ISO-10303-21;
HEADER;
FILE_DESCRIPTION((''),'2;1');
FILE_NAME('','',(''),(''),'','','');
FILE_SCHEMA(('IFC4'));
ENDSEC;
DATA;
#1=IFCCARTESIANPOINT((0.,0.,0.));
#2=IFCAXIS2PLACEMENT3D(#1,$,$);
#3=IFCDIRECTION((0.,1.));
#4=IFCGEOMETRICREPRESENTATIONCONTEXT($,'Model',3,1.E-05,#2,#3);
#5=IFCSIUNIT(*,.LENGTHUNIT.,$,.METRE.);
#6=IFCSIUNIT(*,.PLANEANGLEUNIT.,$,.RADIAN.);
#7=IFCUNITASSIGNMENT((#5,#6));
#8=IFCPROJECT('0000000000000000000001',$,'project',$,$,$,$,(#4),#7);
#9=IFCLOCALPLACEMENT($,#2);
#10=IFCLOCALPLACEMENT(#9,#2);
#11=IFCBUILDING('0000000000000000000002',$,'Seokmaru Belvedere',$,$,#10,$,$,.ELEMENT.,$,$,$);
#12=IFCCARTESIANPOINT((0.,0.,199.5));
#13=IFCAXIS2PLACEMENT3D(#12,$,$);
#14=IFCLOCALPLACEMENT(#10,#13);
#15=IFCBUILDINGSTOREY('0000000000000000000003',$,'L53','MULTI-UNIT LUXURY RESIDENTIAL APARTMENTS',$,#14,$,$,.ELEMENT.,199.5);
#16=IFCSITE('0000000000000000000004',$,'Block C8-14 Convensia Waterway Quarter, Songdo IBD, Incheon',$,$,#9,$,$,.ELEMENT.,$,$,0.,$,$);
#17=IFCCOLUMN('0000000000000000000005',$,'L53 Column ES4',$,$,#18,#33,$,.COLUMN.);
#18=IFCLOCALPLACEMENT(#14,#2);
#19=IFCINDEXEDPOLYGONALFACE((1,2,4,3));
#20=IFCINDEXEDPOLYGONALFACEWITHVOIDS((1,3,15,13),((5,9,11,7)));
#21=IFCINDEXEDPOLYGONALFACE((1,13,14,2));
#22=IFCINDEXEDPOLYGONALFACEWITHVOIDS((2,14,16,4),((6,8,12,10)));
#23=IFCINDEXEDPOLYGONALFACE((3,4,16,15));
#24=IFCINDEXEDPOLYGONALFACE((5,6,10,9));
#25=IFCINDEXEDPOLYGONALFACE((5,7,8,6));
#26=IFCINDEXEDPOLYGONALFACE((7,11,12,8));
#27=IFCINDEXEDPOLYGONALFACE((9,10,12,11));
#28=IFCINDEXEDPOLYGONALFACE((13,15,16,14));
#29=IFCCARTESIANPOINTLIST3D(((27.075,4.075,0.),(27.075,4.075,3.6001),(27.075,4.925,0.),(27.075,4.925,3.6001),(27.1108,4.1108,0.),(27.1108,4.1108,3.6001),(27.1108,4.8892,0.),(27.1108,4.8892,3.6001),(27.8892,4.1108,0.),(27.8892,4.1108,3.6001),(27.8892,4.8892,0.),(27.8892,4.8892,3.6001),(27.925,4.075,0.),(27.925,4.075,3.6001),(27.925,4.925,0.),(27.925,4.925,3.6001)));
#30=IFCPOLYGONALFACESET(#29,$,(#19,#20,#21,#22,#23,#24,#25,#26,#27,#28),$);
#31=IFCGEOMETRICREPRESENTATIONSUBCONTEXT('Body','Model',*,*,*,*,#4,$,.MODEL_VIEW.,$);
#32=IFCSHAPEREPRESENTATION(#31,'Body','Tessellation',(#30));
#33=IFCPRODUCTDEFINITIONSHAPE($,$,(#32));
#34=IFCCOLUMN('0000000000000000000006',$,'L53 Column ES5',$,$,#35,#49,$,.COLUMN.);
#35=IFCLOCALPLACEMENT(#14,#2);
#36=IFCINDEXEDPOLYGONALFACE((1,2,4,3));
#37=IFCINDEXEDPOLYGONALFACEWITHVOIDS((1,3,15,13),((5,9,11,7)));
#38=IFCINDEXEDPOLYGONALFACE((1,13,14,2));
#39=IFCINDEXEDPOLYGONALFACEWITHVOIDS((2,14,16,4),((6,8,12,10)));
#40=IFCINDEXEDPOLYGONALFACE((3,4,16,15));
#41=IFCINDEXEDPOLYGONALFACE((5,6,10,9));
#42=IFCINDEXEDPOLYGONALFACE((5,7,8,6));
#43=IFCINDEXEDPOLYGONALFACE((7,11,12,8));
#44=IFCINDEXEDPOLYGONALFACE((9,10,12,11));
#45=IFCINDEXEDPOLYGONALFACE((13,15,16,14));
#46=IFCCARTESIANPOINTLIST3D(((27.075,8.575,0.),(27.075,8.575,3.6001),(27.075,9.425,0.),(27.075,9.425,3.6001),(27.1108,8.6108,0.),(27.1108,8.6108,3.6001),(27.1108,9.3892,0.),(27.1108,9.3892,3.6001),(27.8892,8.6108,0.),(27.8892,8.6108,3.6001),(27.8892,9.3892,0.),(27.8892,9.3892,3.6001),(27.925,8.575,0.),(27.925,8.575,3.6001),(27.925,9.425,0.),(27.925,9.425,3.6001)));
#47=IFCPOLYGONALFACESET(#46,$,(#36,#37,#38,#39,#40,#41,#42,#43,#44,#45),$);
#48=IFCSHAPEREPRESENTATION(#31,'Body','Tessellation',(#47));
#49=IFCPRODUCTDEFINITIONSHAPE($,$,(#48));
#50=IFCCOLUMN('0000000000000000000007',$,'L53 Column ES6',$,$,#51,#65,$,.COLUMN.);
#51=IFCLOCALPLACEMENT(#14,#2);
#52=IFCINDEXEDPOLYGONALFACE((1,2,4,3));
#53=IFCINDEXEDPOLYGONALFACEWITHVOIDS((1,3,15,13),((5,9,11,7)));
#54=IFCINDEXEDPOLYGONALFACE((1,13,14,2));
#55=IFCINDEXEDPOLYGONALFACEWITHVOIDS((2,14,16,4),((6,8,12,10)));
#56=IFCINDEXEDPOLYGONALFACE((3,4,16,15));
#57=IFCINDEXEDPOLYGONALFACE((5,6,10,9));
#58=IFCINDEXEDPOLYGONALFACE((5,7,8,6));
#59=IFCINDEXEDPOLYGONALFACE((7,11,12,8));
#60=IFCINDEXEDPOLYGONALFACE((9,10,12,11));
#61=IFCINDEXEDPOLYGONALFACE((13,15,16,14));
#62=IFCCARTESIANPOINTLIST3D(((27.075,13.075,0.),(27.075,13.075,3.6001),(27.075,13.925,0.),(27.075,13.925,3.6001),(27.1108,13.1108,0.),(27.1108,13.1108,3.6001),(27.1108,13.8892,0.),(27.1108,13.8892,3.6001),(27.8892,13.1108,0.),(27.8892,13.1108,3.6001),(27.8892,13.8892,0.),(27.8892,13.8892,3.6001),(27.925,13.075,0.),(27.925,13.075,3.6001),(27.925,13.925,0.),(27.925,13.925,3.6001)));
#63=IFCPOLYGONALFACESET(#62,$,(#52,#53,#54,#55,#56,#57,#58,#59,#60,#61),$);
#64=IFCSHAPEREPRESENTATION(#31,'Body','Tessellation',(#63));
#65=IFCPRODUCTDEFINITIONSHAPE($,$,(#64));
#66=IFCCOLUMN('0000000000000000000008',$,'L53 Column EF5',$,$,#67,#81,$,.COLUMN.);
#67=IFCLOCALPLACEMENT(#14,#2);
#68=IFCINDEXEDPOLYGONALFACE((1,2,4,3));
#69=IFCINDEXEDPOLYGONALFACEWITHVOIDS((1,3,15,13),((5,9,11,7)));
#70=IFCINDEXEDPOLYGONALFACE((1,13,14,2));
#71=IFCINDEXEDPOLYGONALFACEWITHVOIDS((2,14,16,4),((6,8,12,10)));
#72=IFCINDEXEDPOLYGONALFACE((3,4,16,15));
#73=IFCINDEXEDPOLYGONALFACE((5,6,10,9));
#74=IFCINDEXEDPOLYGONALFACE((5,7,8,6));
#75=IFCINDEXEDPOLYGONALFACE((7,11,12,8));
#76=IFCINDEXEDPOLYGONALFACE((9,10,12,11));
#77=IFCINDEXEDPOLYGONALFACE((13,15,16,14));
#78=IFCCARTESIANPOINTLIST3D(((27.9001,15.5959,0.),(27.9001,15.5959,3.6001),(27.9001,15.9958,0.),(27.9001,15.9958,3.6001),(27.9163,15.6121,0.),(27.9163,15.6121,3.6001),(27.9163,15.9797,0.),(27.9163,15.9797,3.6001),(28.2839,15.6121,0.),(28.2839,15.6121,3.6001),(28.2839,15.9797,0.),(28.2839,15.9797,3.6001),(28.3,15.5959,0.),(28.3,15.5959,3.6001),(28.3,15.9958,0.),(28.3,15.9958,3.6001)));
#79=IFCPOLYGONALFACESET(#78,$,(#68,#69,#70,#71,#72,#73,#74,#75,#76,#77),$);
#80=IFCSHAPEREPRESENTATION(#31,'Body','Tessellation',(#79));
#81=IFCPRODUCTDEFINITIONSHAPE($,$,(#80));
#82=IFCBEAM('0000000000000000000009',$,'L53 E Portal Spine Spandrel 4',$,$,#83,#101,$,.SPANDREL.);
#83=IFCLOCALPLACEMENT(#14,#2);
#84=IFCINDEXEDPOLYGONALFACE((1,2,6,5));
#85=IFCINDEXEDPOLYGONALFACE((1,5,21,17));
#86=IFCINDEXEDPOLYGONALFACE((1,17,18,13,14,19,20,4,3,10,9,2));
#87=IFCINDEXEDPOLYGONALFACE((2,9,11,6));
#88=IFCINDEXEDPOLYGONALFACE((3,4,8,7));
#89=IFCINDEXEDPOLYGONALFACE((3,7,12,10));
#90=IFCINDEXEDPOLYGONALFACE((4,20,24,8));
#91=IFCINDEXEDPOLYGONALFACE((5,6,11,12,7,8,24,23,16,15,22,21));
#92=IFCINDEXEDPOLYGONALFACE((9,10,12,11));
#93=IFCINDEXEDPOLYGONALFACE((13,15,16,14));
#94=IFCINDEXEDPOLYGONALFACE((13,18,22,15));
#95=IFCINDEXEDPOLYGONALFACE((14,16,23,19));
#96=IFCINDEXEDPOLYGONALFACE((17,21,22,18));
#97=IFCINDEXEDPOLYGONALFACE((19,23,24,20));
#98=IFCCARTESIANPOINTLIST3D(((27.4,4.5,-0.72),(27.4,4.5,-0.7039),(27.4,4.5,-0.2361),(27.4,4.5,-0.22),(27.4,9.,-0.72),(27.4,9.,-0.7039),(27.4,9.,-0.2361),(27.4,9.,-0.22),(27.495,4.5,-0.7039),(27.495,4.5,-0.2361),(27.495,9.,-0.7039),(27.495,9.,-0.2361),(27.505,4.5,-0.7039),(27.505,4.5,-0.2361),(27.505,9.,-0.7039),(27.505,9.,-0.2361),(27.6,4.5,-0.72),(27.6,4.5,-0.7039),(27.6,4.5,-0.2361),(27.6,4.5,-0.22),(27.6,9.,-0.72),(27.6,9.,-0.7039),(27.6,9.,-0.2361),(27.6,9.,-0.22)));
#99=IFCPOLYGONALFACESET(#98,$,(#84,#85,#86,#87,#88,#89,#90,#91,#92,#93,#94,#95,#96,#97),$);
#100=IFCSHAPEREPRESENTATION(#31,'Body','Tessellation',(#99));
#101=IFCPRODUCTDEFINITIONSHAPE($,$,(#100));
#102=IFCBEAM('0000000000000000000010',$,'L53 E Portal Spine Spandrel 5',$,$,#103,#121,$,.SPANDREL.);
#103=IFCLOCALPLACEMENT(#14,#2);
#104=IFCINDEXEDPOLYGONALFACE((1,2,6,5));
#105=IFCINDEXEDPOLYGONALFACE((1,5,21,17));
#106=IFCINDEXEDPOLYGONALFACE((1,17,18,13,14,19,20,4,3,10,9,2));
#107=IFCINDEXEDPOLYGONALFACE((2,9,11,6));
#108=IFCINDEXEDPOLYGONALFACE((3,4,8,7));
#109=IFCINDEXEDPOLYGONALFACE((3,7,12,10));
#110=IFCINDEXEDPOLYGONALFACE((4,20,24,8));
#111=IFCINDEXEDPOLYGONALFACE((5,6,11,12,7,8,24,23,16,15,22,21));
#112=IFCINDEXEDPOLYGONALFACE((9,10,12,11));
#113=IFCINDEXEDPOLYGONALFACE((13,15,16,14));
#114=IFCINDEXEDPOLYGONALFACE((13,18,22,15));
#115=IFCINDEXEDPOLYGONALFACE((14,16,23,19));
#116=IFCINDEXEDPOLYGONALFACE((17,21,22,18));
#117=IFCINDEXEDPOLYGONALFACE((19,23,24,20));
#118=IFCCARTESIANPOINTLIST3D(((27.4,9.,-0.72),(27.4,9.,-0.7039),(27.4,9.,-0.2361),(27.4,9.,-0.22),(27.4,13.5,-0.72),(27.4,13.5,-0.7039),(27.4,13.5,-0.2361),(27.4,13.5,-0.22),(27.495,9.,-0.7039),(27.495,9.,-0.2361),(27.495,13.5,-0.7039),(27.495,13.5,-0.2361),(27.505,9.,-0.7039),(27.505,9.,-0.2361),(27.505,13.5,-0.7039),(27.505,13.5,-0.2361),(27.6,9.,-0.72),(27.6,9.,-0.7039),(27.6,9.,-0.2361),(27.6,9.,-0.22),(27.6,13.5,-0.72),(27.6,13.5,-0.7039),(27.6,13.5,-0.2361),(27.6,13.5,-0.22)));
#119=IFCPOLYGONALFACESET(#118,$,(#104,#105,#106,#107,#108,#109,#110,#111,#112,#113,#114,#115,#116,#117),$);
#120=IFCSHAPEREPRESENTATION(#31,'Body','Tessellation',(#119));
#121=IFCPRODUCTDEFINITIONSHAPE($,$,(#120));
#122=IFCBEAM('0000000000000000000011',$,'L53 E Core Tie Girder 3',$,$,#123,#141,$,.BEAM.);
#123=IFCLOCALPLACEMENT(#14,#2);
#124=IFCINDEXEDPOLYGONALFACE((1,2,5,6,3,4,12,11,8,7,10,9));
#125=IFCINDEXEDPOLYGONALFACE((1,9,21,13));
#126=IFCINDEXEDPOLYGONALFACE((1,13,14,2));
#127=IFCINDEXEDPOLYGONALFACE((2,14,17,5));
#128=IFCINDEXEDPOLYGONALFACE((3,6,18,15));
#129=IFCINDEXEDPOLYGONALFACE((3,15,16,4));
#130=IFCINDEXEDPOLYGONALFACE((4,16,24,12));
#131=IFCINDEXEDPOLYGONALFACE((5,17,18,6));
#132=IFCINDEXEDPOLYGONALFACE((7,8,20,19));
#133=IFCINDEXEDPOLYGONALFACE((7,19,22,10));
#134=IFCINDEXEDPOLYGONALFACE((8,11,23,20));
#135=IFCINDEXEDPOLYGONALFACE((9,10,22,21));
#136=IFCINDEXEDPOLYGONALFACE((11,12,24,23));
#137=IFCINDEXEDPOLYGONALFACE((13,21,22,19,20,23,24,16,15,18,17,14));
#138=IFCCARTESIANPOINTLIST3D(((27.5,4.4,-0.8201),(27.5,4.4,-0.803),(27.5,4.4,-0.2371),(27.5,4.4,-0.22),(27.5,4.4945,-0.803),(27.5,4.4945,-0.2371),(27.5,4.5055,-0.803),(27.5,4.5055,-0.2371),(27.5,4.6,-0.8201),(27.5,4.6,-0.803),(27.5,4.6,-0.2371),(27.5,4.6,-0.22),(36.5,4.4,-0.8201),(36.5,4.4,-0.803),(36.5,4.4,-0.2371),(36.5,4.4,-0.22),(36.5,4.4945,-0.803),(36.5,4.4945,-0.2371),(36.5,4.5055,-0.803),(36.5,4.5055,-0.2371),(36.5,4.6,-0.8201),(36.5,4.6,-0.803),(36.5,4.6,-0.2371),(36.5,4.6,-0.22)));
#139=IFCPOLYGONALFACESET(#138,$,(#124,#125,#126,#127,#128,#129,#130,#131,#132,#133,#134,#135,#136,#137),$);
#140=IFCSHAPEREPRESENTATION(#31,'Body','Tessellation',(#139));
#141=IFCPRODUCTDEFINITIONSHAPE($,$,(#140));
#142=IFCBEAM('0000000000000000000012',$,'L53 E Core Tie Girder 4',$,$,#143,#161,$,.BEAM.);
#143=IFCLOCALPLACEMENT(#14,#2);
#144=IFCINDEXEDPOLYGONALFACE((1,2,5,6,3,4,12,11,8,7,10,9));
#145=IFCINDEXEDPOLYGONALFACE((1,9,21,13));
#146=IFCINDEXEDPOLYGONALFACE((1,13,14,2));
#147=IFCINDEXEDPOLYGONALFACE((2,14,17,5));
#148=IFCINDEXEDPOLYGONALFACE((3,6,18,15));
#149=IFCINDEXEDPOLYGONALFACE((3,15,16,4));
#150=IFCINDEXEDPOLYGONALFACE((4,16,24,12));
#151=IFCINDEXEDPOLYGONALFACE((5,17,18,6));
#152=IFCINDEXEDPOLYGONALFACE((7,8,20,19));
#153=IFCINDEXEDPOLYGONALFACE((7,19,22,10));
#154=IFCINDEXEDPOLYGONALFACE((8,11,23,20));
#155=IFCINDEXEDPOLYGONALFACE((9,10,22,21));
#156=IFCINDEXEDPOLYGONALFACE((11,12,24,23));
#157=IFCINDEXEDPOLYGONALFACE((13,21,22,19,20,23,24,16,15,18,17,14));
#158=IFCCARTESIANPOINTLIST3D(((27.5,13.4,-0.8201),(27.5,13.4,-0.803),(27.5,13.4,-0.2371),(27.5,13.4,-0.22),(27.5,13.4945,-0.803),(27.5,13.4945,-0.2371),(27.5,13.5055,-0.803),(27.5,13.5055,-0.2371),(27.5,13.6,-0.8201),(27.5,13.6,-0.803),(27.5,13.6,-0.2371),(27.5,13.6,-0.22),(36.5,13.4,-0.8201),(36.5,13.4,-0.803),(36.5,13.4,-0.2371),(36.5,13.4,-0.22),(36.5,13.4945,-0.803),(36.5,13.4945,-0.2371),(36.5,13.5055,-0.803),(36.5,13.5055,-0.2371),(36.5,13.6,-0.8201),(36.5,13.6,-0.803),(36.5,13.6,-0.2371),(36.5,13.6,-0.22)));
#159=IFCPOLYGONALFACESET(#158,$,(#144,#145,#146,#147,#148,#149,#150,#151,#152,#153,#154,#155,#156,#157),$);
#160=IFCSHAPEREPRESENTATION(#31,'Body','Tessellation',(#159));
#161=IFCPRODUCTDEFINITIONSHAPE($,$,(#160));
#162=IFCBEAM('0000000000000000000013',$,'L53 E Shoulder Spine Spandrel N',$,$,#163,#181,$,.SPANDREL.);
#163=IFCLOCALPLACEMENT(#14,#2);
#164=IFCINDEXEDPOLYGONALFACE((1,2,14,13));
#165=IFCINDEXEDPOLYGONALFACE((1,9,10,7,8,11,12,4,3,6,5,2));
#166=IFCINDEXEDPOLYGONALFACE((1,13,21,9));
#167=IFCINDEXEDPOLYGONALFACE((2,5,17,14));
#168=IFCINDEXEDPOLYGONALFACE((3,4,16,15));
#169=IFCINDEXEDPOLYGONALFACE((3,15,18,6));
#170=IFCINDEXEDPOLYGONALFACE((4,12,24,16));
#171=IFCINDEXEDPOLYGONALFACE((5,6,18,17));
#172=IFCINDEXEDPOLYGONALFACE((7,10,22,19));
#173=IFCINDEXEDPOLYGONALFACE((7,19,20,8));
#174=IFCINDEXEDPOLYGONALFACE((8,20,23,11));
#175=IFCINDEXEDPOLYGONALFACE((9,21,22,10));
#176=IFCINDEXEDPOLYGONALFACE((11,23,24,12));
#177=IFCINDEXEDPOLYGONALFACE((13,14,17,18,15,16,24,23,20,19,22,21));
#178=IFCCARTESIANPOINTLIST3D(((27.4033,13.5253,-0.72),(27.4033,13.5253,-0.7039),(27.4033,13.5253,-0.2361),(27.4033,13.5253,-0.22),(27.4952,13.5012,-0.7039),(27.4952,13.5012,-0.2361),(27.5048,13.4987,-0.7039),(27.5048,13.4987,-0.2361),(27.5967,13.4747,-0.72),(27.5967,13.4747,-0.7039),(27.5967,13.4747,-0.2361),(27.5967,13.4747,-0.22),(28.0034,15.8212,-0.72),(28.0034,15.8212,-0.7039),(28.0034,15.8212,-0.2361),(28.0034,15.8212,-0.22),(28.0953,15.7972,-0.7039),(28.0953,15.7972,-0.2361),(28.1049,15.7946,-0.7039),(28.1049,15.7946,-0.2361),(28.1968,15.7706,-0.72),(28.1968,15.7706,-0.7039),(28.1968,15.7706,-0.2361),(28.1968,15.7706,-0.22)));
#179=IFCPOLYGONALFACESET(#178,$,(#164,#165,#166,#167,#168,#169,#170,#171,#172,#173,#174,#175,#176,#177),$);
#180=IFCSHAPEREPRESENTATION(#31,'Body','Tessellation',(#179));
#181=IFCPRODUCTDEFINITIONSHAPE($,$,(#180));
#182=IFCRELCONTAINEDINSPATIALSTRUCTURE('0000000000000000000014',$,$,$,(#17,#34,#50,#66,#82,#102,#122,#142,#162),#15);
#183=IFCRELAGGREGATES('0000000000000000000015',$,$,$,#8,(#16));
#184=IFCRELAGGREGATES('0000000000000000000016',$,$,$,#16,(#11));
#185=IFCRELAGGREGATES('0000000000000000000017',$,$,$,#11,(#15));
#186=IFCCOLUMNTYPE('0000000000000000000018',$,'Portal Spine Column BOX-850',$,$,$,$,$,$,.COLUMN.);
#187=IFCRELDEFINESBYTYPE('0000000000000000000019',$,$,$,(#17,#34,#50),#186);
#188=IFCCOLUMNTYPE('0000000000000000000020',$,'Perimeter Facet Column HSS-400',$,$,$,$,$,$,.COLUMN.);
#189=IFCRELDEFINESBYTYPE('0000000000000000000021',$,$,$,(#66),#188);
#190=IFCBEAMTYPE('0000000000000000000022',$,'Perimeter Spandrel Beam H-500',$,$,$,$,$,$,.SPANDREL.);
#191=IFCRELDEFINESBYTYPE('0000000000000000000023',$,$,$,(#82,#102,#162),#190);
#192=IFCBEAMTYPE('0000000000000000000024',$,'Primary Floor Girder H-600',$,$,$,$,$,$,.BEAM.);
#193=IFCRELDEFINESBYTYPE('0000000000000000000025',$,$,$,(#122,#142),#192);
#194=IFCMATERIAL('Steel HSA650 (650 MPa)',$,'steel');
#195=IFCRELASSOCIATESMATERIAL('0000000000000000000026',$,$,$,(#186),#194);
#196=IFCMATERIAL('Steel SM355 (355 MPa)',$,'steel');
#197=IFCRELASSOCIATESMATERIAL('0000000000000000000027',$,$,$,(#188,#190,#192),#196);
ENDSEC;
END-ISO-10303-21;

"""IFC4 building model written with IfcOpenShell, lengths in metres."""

from ifc_helpers import new_model, si_unit, direction, frame, origin, origin_2d, place, context, subcontext, project, spatial, hollow_rectangle, i_section, extrude, source, transform, mapped, material, material_profile, profile_set, type_object, type_shapes, element, save


model = new_model("IFC4")

# Units and contexts
model_context = context("Model", 3, precision=1e-05, world=origin(), true_north=direction((0.0, 1.0)))
body_context = subcontext(model_context, "Body", "Model", "MODEL_VIEW")
ifc_project = project(units=[si_unit("LENGTHUNIT", "METRE"), si_unit("PLANEANGLEUNIT", "RADIAN")], contexts=[model_context])

# Site, building, storey
site_placement = place(None, origin())
site = spatial("IfcSite", under=ifc_project, at=site_placement, Name="Block C8-14 Convensia Waterway Quarter, Songdo IBD, Incheon", CompositionType="ELEMENT", RefElevation=0.0)
building_placement = place(site_placement, origin())
building = spatial("IfcBuilding", under=site, at=building_placement, Name="Seokmaru Belvedere", CompositionType="ELEMENT")
storey_placement = place(building_placement, frame((0.0, 0.0, 199.5)))
storey = spatial("IfcBuildingStorey", under=building, at=storey_placement, Name="L53", Description="MULTI-UNIT LUXURY RESIDENTIAL APARTMENTS", CompositionType="ELEMENT", Elevation=199.5)

# Columns
ifc_material_1 = material(Name="Steel HSA650 (650 MPa)", Category="steel")
ifc_material_profile_1 = material_profile(ifc_material_1, hollow_rectangle(XDim=0.8501, YDim=0.8501, WallThickness=0.0359, at=origin_2d()), Name="BOX-850x850x36")
ifc_profile_set_1 = profile_set([ifc_material_profile_1], Name="Steel HSA650 (650 MPa)")
column_type_1 = type_object("IfcColumnType", Name="Portal Spine Column BOX-850", PredefinedType="COLUMN", material=ifc_profile_set_1)
shared_shape_1 = source(origin(), body_context, "Body", "SweptSolid", [
    extrude(hollow_rectangle(XDim=0.8501, YDim=0.8501, WallThickness=0.0359, at=origin_2d()), origin(), (0.0, 0.0, 1.0), 3.6001),
])
type_shapes(column_type_1, [shared_shape_1])
for number, where, z_axis, x_axis, name in (
    (1, (27.5, 4.5, 0.0), (0.0, 0.0, 1.0), (1.0, 0.0, 0.0), "L53 Column ES4"),
    (2, (27.5, 9.0, 0.0), (0.0, 0.0, 1.0), (1.0, 0.0, 0.0), "L53 Column ES5"),
    (3, (27.5, 13.5, 0.0), (0.0, 0.0, 1.0), (1.0, 0.0, 0.0), "L53 Column ES6"),
):
    element("IfcColumn", number, at=place(storey_placement, frame(where, z_axis=z_axis, x_axis=x_axis)), inside=storey, type_object=column_type_1, Name=name, PredefinedType="COLUMN", context=body_context, shape_type="MappedRepresentation", body=[
        mapped(shared_shape_1, transform((0.0, 0.0, 0.0), scale=1.0)),
    ])
ifc_material_2 = material(Name="Steel SM355 (355 MPa)", Category="steel")
ifc_material_profile_2 = material_profile(ifc_material_2, hollow_rectangle(XDim=0.3999, YDim=0.3999, WallThickness=0.0161, at=origin_2d()), Name="HSS-400x400x16")
ifc_profile_set_2 = profile_set([ifc_material_profile_2], Name="Steel SM355 (355 MPa)")
column_type_2 = type_object("IfcColumnType", Name="Perimeter Facet Column HSS-400", PredefinedType="COLUMN", material=ifc_profile_set_2)
shared_shape_2 = source(origin(), body_context, "Body", "SweptSolid", [
    extrude(hollow_rectangle(XDim=0.3999, YDim=0.3999, WallThickness=0.0161, at=origin_2d()), origin(), (0.0, 0.0, 1.0), 3.6001),
])
type_shapes(column_type_2, [shared_shape_2])
column_placement = place(storey_placement, frame((28.1001, 15.7959, 0.0), z_axis=(0.0, 0.0, 1.0), x_axis=(1.0, 0.0, 0.0)))
element("IfcColumn", 4, at=column_placement, inside=storey, type_object=column_type_2, Name="L53 Column EF5", PredefinedType="COLUMN", context=body_context, shape_type="MappedRepresentation", body=[
    mapped(shared_shape_2, transform((0.0, 0.0, 0.0), scale=1.0)),
])

# Beams
ifc_material_profile_3 = material_profile(ifc_material_2, i_section(OverallWidth=0.2, OverallDepth=0.5, WebThickness=0.01, FlangeThickness=0.0161, at=origin_2d()), Name="H-500x200x10x16")
ifc_profile_set_3 = profile_set([ifc_material_profile_3], Name="Steel SM355 (355 MPa)")
beam_type_1 = type_object("IfcBeamType", Name="Perimeter Spandrel Beam H-500", PredefinedType="SPANDREL", material=ifc_profile_set_3)
shared_shape_3 = source(origin(), body_context, "Body", "SweptSolid", [
    extrude(i_section(OverallWidth=0.2, OverallDepth=0.5, WebThickness=0.01, FlangeThickness=0.0161, at=origin_2d()), origin(), (0.0, 0.0, 1.0), 4.5),
])
for number, where, z_axis, x_axis, name in (
    (5, (27.5, 4.5, -0.47), (0.0, 1.0, 0.0), (-1.0, 0.0, 0.0), "L53 E Portal Spine Spandrel 4"),
    (6, (27.5, 9.0, -0.47), (0.0, 1.0, 0.0), (-1.0, 0.0, 0.0), "L53 E Portal Spine Spandrel 5"),
):
    element("IfcBeam", number, at=place(storey_placement, frame(where, z_axis=z_axis, x_axis=x_axis)), inside=storey, type_object=beam_type_1, Name=name, PredefinedType="SPANDREL", context=body_context, shape_type="MappedRepresentation", body=[
        mapped(shared_shape_3, transform((0.0, 0.0, 0.0), scale=1.0)),
    ])
ifc_material_profile_4 = material_profile(ifc_material_2, i_section(OverallWidth=0.2, OverallDepth=0.6001, WebThickness=0.011, FlangeThickness=0.0171, at=origin_2d()), Name="H-600x200x11x17")
ifc_profile_set_4 = profile_set([ifc_material_profile_4], Name="Steel SM355 (355 MPa)")
beam_type_2 = type_object("IfcBeamType", Name="Primary Floor Girder H-600", PredefinedType="BEAM", material=ifc_profile_set_4)
shared_shape_4 = source(origin(), body_context, "Body", "SweptSolid", [
    extrude(i_section(OverallWidth=0.2, OverallDepth=0.6001, WebThickness=0.011, FlangeThickness=0.0171, at=origin_2d()), origin(), (0.0, 0.0, 1.0), 9.0),
])
type_shapes(beam_type_2, [shared_shape_4])
for number, where, z_axis, x_axis, name in (
    (7, (27.5, 4.5, -0.52), (1.0, 0.0, 0.0), (0.0, 1.0, 0.0), "L53 E Core Tie Girder 3"),
    (8, (27.5, 13.5, -0.52), (1.0, 0.0, 0.0), (0.0, 1.0, 0.0), "L53 E Core Tie Girder 4"),
):
    element("IfcBeam", number, at=place(storey_placement, frame(where, z_axis=z_axis, x_axis=x_axis)), inside=storey, type_object=beam_type_2, Name=name, PredefinedType="BEAM", context=body_context, shape_type="MappedRepresentation", body=[
        mapped(shared_shape_4, transform((0.0, 0.0, 0.0), scale=1.0)),
    ])
shared_shape_5 = source(origin(), body_context, "Body", "SweptSolid", [
    extrude(i_section(OverallWidth=0.2, OverallDepth=0.5, WebThickness=0.01, FlangeThickness=0.0161, at=origin_2d()), origin(), (0.0, 0.0, 1.0), 2.373),
])
type_shapes(beam_type_1, [shared_shape_3, shared_shape_5])
beam_placement = place(storey_placement, frame((28.1001, 15.7959, -0.47), z_axis=(-0.252883, -0.967497, 0.0), x_axis=(0.967497, -0.252883, 0.0)))
element("IfcBeam", 9, at=beam_placement, inside=storey, type_object=beam_type_1, Name="L53 E Shoulder Spine Spandrel N", PredefinedType="SPANDREL", context=body_context, shape_type="MappedRepresentation", body=[
    mapped(shared_shape_5, transform((0.0, 0.0, 0.0), scale=1.0)),
])

save(model, "model.ifc")
